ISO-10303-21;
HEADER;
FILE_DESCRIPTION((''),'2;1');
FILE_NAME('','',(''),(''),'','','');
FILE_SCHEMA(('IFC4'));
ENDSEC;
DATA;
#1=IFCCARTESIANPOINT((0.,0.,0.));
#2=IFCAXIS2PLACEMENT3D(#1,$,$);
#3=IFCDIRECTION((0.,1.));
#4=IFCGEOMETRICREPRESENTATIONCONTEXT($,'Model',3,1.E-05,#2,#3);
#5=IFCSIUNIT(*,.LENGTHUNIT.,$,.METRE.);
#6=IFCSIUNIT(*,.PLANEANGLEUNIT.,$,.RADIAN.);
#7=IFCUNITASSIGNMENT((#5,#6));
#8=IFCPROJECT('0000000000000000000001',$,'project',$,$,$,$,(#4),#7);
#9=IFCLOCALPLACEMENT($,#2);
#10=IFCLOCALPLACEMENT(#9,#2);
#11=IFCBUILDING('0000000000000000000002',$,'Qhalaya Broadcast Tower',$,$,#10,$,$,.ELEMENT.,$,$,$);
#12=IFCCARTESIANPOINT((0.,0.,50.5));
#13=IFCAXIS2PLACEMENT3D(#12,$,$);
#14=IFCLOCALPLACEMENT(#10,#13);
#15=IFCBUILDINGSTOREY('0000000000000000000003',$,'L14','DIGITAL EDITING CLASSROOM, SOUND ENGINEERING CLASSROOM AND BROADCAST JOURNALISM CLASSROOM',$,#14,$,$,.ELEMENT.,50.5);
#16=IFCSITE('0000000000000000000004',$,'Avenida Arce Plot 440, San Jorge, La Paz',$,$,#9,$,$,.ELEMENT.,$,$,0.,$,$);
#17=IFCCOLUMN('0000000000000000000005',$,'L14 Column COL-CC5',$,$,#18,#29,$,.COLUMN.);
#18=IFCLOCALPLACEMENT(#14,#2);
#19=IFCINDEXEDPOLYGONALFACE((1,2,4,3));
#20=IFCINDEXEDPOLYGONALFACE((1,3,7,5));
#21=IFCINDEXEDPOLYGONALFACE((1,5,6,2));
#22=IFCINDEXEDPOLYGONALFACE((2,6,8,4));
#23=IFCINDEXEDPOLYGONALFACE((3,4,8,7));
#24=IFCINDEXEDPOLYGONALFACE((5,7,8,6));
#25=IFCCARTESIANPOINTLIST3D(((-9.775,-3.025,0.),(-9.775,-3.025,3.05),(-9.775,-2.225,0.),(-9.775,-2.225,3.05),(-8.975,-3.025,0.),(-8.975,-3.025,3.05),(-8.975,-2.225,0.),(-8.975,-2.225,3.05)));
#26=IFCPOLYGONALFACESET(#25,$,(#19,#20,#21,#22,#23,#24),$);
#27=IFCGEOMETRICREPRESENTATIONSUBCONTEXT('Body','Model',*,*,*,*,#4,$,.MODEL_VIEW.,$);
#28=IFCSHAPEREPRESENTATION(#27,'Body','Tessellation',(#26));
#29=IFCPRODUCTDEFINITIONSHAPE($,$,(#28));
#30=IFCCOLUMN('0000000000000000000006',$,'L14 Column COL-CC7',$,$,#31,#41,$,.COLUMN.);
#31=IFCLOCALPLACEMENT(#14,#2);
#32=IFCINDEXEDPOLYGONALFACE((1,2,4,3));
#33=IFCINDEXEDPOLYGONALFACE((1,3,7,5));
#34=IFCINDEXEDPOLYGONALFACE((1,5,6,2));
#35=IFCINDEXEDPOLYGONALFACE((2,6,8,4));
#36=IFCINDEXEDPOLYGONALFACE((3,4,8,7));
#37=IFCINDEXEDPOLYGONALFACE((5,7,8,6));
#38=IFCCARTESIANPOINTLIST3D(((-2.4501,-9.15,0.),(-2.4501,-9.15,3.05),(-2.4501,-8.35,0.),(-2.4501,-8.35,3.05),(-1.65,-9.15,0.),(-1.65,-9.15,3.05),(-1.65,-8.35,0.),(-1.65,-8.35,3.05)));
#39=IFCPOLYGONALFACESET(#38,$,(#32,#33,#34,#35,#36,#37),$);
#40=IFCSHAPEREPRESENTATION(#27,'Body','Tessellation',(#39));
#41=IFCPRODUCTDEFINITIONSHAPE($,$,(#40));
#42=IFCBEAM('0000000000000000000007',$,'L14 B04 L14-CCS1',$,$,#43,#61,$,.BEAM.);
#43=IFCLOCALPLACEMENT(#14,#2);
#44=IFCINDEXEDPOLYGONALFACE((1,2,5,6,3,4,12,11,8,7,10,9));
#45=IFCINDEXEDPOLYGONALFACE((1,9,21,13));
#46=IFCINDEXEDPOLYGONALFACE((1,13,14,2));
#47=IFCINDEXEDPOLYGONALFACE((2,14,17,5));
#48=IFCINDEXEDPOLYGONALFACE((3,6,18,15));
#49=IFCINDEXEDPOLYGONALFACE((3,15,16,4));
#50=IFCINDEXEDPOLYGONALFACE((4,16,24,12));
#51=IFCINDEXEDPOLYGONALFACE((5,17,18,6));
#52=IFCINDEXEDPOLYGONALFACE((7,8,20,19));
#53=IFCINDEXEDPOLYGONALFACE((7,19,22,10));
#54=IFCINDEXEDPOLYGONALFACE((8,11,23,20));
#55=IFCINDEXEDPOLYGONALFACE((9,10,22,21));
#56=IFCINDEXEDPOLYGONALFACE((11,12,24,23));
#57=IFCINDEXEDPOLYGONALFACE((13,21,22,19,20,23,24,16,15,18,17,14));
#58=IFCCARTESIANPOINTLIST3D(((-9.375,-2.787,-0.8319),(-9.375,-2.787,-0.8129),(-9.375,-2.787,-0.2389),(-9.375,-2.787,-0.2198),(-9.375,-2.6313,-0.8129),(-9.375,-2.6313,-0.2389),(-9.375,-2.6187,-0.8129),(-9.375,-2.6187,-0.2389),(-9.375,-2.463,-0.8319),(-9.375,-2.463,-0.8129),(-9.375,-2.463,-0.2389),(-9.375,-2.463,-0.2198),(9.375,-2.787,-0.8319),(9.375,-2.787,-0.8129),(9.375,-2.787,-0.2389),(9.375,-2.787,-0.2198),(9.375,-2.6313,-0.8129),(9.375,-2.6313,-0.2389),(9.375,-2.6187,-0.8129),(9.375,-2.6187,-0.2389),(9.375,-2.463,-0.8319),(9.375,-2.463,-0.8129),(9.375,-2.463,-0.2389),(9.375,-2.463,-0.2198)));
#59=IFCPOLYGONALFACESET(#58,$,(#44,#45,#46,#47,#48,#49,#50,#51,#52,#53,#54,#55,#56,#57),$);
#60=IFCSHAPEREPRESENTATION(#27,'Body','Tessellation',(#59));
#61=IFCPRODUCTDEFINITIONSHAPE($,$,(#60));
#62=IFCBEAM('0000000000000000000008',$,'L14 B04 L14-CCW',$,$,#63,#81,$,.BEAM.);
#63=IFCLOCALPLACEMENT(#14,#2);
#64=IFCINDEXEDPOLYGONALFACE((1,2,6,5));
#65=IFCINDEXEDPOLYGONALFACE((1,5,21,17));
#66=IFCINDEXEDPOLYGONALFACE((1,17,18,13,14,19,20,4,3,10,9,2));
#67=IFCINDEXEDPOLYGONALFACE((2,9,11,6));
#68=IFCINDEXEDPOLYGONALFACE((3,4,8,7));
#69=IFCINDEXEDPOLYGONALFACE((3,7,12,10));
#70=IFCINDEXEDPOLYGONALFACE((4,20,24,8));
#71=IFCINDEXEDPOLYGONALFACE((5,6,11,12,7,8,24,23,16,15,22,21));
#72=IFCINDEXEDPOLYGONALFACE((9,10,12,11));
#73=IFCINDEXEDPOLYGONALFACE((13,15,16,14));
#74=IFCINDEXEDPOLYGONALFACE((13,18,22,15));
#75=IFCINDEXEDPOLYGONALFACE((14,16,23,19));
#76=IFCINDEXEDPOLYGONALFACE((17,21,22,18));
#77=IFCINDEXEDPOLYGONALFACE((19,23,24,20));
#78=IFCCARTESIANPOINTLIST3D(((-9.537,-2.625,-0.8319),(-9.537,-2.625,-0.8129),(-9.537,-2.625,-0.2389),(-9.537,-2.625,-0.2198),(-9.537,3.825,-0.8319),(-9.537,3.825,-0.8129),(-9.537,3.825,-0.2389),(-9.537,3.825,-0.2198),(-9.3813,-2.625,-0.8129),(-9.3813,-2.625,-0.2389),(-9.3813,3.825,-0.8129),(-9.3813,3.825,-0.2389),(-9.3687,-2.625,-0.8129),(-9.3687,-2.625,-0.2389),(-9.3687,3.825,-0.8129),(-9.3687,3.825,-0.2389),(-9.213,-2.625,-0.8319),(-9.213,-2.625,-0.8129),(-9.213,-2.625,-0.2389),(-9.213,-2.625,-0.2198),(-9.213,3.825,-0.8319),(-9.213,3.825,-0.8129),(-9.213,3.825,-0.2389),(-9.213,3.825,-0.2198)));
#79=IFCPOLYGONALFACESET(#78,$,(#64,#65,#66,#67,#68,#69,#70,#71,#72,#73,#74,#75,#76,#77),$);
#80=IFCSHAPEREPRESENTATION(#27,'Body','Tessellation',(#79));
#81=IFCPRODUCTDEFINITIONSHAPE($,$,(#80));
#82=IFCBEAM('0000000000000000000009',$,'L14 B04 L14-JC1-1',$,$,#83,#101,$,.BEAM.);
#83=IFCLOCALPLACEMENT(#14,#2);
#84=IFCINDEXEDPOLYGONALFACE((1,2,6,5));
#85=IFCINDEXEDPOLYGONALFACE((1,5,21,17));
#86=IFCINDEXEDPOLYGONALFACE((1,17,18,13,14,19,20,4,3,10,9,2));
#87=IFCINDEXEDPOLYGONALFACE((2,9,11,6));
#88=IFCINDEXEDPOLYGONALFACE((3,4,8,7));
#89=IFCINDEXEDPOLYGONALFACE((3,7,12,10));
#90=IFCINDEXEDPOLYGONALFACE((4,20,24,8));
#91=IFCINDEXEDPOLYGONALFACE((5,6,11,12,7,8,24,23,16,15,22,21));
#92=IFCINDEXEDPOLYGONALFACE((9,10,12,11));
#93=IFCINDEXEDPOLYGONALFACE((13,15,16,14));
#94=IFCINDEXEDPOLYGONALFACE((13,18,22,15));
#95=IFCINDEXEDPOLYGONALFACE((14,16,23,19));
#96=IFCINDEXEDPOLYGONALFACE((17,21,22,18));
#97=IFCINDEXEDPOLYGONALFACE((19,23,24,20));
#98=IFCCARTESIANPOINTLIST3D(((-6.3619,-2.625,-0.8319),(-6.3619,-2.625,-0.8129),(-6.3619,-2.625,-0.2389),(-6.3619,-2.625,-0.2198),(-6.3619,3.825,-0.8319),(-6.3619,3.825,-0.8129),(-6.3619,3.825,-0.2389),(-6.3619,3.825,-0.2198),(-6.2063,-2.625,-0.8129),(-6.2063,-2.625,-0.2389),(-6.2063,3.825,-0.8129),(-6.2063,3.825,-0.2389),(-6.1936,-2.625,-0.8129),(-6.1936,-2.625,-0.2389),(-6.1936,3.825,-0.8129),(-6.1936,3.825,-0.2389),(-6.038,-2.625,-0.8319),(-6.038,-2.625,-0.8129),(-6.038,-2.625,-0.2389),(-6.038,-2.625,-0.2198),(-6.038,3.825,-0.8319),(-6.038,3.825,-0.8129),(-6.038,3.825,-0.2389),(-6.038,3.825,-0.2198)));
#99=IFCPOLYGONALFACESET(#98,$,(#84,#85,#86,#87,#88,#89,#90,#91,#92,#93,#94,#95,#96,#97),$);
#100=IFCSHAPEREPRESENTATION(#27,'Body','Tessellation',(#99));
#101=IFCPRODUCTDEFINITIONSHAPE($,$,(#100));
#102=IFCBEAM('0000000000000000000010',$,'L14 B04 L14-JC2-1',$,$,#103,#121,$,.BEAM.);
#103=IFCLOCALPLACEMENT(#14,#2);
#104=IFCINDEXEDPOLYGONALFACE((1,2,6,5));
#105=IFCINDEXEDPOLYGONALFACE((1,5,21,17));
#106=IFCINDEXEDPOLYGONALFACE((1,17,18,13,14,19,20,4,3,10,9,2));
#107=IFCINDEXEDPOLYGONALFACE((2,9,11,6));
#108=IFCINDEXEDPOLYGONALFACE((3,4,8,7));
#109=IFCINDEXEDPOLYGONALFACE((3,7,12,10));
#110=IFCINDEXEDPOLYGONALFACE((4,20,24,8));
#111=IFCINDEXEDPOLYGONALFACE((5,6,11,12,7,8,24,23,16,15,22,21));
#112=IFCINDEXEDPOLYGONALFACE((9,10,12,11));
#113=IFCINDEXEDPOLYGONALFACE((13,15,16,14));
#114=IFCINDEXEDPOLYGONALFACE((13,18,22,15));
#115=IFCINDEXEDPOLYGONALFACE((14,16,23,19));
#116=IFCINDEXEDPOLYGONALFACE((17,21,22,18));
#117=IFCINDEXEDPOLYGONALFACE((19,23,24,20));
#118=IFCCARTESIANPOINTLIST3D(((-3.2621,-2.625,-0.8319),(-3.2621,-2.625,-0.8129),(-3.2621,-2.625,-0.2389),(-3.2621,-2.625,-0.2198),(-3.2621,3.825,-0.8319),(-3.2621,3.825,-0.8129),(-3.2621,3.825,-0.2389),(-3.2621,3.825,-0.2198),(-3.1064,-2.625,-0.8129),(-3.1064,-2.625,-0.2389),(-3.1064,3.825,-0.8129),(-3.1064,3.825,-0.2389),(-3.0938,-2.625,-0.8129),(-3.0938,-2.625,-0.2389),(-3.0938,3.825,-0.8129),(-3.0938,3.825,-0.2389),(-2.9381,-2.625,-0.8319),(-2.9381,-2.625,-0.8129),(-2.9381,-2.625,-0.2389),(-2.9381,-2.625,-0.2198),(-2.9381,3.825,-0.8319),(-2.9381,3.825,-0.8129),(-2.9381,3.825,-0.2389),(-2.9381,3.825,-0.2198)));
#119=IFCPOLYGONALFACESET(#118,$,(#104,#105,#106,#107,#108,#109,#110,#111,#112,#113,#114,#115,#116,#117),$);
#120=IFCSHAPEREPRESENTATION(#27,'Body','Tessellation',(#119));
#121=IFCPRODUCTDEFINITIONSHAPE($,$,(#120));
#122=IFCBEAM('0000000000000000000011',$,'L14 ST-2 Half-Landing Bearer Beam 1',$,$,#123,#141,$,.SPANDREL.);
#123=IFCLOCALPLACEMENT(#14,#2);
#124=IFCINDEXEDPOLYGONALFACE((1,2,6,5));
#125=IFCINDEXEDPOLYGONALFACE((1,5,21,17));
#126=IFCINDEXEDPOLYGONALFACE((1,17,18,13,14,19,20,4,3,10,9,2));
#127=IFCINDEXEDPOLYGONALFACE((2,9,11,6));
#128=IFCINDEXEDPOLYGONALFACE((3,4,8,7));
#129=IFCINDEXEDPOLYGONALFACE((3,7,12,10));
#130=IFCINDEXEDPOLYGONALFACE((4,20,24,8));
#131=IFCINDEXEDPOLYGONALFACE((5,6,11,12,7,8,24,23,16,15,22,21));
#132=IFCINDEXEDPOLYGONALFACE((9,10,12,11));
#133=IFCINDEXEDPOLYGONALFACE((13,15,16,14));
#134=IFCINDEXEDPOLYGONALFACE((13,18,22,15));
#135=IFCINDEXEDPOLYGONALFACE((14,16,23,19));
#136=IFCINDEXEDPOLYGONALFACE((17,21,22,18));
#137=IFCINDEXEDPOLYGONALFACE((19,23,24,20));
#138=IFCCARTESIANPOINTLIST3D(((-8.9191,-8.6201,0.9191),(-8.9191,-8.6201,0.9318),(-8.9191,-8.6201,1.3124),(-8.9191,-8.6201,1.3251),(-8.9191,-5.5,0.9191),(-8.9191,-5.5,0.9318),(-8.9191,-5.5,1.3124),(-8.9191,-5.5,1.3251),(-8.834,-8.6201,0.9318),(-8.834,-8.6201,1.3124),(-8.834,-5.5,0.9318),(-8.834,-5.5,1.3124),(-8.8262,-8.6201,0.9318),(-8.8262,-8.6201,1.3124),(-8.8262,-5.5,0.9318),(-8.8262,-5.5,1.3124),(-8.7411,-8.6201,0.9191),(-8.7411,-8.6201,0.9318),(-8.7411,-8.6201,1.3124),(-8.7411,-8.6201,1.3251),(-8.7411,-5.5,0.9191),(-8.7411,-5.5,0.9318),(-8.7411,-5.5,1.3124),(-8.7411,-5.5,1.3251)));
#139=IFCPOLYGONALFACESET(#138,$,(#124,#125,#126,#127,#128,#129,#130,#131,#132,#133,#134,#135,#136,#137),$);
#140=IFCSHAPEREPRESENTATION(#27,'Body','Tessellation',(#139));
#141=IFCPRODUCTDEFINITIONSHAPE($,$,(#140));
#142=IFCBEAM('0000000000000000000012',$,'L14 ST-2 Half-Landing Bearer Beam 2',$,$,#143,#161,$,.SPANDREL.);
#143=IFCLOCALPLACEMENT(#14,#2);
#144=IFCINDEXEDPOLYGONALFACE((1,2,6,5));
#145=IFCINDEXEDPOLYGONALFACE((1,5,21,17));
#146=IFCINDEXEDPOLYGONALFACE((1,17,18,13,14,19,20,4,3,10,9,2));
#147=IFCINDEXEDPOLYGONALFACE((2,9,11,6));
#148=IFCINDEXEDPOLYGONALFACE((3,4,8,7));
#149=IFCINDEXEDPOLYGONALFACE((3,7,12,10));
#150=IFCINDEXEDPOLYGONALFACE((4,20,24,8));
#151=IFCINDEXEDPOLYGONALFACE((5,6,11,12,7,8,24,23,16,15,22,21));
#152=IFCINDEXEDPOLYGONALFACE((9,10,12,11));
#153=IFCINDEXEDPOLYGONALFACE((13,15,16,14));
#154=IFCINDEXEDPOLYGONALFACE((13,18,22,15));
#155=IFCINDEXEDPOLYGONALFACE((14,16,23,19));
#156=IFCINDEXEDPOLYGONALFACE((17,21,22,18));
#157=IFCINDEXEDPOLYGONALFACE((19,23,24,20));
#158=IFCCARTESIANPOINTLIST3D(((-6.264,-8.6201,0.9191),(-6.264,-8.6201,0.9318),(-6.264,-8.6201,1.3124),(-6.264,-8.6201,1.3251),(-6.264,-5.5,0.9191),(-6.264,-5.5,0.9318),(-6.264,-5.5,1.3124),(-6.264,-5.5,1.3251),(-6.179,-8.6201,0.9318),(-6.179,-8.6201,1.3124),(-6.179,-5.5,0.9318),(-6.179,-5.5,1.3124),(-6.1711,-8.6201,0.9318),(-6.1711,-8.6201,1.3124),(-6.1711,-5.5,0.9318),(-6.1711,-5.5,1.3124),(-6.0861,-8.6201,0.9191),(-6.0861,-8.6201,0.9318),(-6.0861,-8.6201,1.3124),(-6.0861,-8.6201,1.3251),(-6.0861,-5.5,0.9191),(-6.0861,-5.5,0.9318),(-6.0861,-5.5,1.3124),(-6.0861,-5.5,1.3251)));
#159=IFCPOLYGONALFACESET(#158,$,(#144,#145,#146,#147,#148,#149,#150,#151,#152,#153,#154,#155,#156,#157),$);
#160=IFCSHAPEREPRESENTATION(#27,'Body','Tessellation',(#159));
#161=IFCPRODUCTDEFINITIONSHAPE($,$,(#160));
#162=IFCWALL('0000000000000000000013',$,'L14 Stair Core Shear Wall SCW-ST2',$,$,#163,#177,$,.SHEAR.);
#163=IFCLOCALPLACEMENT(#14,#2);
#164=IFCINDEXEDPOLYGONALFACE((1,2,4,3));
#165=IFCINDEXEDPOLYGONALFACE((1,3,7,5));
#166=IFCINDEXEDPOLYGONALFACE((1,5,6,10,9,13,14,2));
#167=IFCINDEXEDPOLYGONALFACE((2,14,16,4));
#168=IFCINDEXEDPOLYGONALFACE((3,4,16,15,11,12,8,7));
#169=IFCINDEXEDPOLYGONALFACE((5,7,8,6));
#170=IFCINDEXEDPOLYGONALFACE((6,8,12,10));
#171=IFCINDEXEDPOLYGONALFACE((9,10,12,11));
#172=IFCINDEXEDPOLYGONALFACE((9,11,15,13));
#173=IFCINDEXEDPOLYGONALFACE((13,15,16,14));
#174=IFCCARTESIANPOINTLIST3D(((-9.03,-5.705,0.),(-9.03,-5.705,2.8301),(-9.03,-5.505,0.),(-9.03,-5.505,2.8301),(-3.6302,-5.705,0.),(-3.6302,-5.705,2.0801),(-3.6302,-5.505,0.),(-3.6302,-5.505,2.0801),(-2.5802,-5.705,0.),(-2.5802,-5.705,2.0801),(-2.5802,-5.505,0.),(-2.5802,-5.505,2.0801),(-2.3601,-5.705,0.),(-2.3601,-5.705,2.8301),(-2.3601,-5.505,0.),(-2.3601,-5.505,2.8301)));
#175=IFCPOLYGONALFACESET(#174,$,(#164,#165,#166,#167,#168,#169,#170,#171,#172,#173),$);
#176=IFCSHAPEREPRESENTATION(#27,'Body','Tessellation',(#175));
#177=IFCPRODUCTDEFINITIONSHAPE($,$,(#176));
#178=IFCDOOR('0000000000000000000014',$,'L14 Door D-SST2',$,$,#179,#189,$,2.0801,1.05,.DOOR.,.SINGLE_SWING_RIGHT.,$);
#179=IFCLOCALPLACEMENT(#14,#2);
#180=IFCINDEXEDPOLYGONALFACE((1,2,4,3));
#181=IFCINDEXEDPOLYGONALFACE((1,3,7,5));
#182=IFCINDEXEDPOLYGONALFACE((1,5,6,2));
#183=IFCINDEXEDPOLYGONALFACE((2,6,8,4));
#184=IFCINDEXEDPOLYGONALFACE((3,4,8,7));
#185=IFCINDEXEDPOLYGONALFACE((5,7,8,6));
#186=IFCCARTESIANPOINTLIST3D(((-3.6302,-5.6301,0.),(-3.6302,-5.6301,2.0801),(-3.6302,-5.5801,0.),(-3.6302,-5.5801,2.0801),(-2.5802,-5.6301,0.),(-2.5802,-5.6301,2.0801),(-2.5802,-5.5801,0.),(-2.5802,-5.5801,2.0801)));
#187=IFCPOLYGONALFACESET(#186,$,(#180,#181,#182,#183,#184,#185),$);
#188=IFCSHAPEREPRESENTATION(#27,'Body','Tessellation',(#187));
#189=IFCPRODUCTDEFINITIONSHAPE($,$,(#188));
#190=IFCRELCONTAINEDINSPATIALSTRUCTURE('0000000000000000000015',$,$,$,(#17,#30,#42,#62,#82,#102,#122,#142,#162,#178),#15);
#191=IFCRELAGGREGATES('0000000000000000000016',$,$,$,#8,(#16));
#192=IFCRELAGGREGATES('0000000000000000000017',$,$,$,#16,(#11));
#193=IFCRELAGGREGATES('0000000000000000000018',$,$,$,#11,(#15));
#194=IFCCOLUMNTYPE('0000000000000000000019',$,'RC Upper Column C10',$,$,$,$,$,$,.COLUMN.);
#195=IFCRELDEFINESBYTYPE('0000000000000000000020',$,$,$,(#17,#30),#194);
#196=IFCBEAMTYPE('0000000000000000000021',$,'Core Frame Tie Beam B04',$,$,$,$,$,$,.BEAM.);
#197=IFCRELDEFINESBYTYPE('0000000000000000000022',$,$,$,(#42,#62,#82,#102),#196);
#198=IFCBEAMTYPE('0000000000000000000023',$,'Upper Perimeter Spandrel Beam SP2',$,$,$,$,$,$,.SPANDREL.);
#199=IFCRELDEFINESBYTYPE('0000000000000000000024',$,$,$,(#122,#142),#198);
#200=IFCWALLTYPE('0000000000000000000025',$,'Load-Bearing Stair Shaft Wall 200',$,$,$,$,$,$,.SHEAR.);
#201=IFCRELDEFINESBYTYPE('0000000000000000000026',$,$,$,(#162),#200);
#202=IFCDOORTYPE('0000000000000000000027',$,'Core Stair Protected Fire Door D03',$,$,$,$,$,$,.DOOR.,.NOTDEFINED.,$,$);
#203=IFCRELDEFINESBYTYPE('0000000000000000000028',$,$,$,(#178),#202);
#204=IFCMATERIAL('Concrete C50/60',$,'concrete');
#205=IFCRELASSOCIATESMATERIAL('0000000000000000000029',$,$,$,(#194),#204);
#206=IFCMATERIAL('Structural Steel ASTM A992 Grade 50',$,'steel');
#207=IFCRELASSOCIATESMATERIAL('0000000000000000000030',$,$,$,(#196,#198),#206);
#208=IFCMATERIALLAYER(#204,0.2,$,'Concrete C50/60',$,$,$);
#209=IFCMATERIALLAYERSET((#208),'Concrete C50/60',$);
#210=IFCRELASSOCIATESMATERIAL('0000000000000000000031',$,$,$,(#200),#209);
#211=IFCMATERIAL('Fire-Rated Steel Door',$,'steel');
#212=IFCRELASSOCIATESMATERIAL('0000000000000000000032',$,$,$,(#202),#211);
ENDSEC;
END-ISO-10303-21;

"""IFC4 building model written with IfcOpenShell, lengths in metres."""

from ifc_helpers import new_model, si_unit, direction, frame, frame_2d, origin, origin_2d, place, context, subcontext, project, spatial, rectangle, i_section, extrude, material, layer, layer_set, material_profile, profile_set, type_object, element, fill, save


model = new_model("IFC4")

# Units and contexts
model_context = context("Model", 3, precision=1e-05, world=origin(), true_north=direction((0.0, 1.0)))
body_context = subcontext(model_context, "Body", "Model", "MODEL_VIEW")
ifc_project = project(units=[si_unit("LENGTHUNIT", "METRE"), si_unit("PLANEANGLEUNIT", "RADIAN")], contexts=[model_context])

# Site, building, storey
site_placement = place(None, origin())
site = spatial("IfcSite", under=ifc_project, at=site_placement, Name="Avenida Arce Plot 440, San Jorge, La Paz", CompositionType="ELEMENT", RefElevation=0.0)
building_placement = place(site_placement, origin())
building = spatial("IfcBuilding", under=site, at=building_placement, Name="Qhalaya Broadcast Tower", CompositionType="ELEMENT")
storey_placement = place(building_placement, frame((0.0, 0.0, 50.5)))
storey = spatial("IfcBuildingStorey", under=building, at=storey_placement, Name="L14", Description="DIGITAL EDITING CLASSROOM, SOUND ENGINEERING CLASSROOM AND BROADCAST JOURNALISM CLASSROOM", CompositionType="ELEMENT", Elevation=50.5)

# Columns
ifc_material_1 = material(Name="Concrete C50/60", Category="concrete")
ifc_material_profile_1 = material_profile(ifc_material_1, rectangle(XDim=0.8, YDim=0.8, at=origin_2d()), Name="RC-COL 800x800")
ifc_profile_set_1 = profile_set([ifc_material_profile_1], Name="Concrete C50/60")
column_type = type_object("IfcColumnType", Name="RC Upper Column C10", PredefinedType="COLUMN", material=ifc_profile_set_1)
for number, where, z_axis, x_axis, name in (
    (1, (-9.375, -2.625, 0.0), (0.0, 0.0, 1.0), (1.0, 0.0, 0.0), "L14 Column COL-CC5"),
    (2, (-2.05, -8.75, 0.0), (0.0, 0.0, 1.0), (1.0, 0.0, 0.0), "L14 Column COL-CC7"),
):
    element("IfcColumn", number, at=place(storey_placement, frame(where, z_axis=z_axis, x_axis=x_axis)), inside=storey, type_object=column_type, Name=name, PredefinedType="COLUMN", context=body_context, shape_type="SweptSolid", body=[
        extrude(rectangle(XDim=0.8, YDim=0.8, at=origin_2d()), origin(), (0.0, 0.0, 1.0), 3.05),
    ])

# Beams
ifc_material_2 = material(Name="Structural Steel ASTM A992 Grade 50", Category="steel")
ifc_material_profile_2 = material_profile(ifc_material_2, i_section(OverallWidth=0.324, OverallDepth=0.6121, WebThickness=0.0127, FlangeThickness=0.019, at=origin_2d()), Name="W24X104")
ifc_profile_set_2 = profile_set([ifc_material_profile_2], Name="Structural Steel ASTM A992 Grade 50")
beam_type_1 = type_object("IfcBeamType", Name="Core Frame Tie Beam B04", PredefinedType="BEAM", material=ifc_profile_set_2)
beam_placement = place(storey_placement, frame((-9.375, -2.625, -0.5259), z_axis=(1.0, 0.0, 0.0), x_axis=(0.0, 1.0, 0.0)))
element("IfcBeam", 3, at=beam_placement, inside=storey, type_object=beam_type_1, Name="L14 B04 L14-CCS1", PredefinedType="BEAM", context=body_context, shape_type="SweptSolid", body=[
    extrude(i_section(OverallWidth=0.324, OverallDepth=0.6121, WebThickness=0.0127, FlangeThickness=0.019, at=origin_2d()), origin(), (0.0, 0.0, 1.0), 18.75),
])
for number, where, z_axis, x_axis, name in (
    (4, (-9.375, -2.625, -0.5259), (0.0, 1.0, 0.0), (-1.0, 0.0, 0.0), "L14 B04 L14-CCW"),
    (5, (-6.2, -2.625, -0.5259), (0.0, 1.0, 0.0), (-1.0, 0.0, 0.0), "L14 B04 L14-JC1-1"),
    (6, (-3.1001, -2.625, -0.5259), (0.0, 1.0, 0.0), (-1.0, 0.0, 0.0), "L14 B04 L14-JC2-1"),
):
    element("IfcBeam", number, at=place(storey_placement, frame(where, z_axis=z_axis, x_axis=x_axis)), inside=storey, type_object=beam_type_1, Name=name, PredefinedType="BEAM", context=body_context, shape_type="SweptSolid", body=[
        extrude(i_section(OverallWidth=0.324, OverallDepth=0.6121, WebThickness=0.0127, FlangeThickness=0.019, at=origin_2d()), origin(), (0.0, 0.0, 1.0), 6.45),
    ])
ifc_material_profile_3 = material_profile(ifc_material_2, i_section(OverallWidth=0.178, OverallDepth=0.406, WebThickness=0.0078, FlangeThickness=0.0127, at=origin_2d()), Name="W16X40")
ifc_profile_set_3 = profile_set([ifc_material_profile_3], Name="Structural Steel ASTM A992 Grade 50")
beam_type_2 = type_object("IfcBeamType", Name="Upper Perimeter Spandrel Beam SP2", PredefinedType="SPANDREL", material=ifc_profile_set_3)
for number, where, z_axis, x_axis, name in (
    (7, (-8.8301, -8.6201, 1.1221), (0.0, 1.0, 0.0), (-1.0, 0.0, 0.0), "L14 ST-2 Half-Landing Bearer Beam 1"),
    (8, (-6.175, -8.6201, 1.1221), (0.0, 1.0, 0.0), (-1.0, 0.0, 0.0), "L14 ST-2 Half-Landing Bearer Beam 2"),
):
    element("IfcBeam", number, at=place(storey_placement, frame(where, z_axis=z_axis, x_axis=x_axis)), inside=storey, type_object=beam_type_2, Name=name, PredefinedType="SPANDREL", context=body_context, shape_type="SweptSolid", body=[
        extrude(i_section(OverallWidth=0.178, OverallDepth=0.406, WebThickness=0.0078, FlangeThickness=0.0127, at=origin_2d()), origin(), (0.0, 0.0, 1.0), 3.1201),
    ])

# Wall, opening, door
ifc_layer_1 = layer(ifc_material_1, 0.2, Name="Concrete C50/60")
ifc_layer_set_1 = layer_set([ifc_layer_1], Name="Concrete C50/60")
wall_type_1 = type_object("IfcWallType", Name="Load-Bearing Stair Shaft Wall 200", PredefinedType="SHEAR", material=ifc_layer_set_1)
wall_1_placement = place(storey_placement, frame((-9.03, -5.605, 0.0), z_axis=(0.0, 0.0, 1.0), x_axis=(1.0, 0.0, 0.0)))
wall_1 = element("IfcWall", 9, at=wall_1_placement, inside=storey, type_object=wall_type_1, Name="L14 Stair Core Shear Wall SCW-ST2", PredefinedType="SHEAR", context=body_context, shape_type="SweptSolid", body=[
    extrude(rectangle(XDim=6.6699, YDim=0.2, at=frame_2d((3.335, 0.0))), origin(), (0.0, 0.0, 1.0), 2.8301),
])
opening_1_placement = place(wall_1_placement, frame((5.3999, 0.0, 0.0)))
opening_1 = element("IfcOpeningElement", 10, at=opening_1_placement, cuts=wall_1, PredefinedType="OPENING", context=body_context, shape_type="SweptSolid", body=[
    extrude(rectangle(XDim=1.05, YDim=2.0801, at=frame_2d((0.5249, 1.04))), frame((0.0, 0.1121, 0.0), z_axis=(0.0, -1.0, 0.0), x_axis=(1.0, 0.0, 0.0)), (0.0, 0.0, 1.0), 0.2239),
])
ifc_material_3 = material(Name="Fire-Rated Steel Door", Category="steel")
door_type_1 = type_object("IfcDoorType", Name="Core Stair Protected Fire Door D03", OperationType="NOTDEFINED", PredefinedType="DOOR", material=ifc_material_3)
door_1_placement = place(opening_1_placement, origin())
door_1 = element("IfcDoor", 11, at=door_1_placement, inside=storey, type_object=door_type_1, Name="L14 Door D-SST2", OperationType="SINGLE_SWING_RIGHT", OverallHeight=2.0801, OverallWidth=1.05, PredefinedType="DOOR", context=body_context, shape_type="SweptSolid", body=[
    extrude(rectangle(XDim=1.05, YDim=2.0801, at=frame_2d((0.5249, 1.04))), frame((0.0, 0.0249, 0.0), z_axis=(0.0, -1.0, 0.0), x_axis=(1.0, 0.0, 0.0)), (0.0, 0.0, 1.0), 0.05),
])
fill(opening_1, door_1)

save(model, "model.ifc")
